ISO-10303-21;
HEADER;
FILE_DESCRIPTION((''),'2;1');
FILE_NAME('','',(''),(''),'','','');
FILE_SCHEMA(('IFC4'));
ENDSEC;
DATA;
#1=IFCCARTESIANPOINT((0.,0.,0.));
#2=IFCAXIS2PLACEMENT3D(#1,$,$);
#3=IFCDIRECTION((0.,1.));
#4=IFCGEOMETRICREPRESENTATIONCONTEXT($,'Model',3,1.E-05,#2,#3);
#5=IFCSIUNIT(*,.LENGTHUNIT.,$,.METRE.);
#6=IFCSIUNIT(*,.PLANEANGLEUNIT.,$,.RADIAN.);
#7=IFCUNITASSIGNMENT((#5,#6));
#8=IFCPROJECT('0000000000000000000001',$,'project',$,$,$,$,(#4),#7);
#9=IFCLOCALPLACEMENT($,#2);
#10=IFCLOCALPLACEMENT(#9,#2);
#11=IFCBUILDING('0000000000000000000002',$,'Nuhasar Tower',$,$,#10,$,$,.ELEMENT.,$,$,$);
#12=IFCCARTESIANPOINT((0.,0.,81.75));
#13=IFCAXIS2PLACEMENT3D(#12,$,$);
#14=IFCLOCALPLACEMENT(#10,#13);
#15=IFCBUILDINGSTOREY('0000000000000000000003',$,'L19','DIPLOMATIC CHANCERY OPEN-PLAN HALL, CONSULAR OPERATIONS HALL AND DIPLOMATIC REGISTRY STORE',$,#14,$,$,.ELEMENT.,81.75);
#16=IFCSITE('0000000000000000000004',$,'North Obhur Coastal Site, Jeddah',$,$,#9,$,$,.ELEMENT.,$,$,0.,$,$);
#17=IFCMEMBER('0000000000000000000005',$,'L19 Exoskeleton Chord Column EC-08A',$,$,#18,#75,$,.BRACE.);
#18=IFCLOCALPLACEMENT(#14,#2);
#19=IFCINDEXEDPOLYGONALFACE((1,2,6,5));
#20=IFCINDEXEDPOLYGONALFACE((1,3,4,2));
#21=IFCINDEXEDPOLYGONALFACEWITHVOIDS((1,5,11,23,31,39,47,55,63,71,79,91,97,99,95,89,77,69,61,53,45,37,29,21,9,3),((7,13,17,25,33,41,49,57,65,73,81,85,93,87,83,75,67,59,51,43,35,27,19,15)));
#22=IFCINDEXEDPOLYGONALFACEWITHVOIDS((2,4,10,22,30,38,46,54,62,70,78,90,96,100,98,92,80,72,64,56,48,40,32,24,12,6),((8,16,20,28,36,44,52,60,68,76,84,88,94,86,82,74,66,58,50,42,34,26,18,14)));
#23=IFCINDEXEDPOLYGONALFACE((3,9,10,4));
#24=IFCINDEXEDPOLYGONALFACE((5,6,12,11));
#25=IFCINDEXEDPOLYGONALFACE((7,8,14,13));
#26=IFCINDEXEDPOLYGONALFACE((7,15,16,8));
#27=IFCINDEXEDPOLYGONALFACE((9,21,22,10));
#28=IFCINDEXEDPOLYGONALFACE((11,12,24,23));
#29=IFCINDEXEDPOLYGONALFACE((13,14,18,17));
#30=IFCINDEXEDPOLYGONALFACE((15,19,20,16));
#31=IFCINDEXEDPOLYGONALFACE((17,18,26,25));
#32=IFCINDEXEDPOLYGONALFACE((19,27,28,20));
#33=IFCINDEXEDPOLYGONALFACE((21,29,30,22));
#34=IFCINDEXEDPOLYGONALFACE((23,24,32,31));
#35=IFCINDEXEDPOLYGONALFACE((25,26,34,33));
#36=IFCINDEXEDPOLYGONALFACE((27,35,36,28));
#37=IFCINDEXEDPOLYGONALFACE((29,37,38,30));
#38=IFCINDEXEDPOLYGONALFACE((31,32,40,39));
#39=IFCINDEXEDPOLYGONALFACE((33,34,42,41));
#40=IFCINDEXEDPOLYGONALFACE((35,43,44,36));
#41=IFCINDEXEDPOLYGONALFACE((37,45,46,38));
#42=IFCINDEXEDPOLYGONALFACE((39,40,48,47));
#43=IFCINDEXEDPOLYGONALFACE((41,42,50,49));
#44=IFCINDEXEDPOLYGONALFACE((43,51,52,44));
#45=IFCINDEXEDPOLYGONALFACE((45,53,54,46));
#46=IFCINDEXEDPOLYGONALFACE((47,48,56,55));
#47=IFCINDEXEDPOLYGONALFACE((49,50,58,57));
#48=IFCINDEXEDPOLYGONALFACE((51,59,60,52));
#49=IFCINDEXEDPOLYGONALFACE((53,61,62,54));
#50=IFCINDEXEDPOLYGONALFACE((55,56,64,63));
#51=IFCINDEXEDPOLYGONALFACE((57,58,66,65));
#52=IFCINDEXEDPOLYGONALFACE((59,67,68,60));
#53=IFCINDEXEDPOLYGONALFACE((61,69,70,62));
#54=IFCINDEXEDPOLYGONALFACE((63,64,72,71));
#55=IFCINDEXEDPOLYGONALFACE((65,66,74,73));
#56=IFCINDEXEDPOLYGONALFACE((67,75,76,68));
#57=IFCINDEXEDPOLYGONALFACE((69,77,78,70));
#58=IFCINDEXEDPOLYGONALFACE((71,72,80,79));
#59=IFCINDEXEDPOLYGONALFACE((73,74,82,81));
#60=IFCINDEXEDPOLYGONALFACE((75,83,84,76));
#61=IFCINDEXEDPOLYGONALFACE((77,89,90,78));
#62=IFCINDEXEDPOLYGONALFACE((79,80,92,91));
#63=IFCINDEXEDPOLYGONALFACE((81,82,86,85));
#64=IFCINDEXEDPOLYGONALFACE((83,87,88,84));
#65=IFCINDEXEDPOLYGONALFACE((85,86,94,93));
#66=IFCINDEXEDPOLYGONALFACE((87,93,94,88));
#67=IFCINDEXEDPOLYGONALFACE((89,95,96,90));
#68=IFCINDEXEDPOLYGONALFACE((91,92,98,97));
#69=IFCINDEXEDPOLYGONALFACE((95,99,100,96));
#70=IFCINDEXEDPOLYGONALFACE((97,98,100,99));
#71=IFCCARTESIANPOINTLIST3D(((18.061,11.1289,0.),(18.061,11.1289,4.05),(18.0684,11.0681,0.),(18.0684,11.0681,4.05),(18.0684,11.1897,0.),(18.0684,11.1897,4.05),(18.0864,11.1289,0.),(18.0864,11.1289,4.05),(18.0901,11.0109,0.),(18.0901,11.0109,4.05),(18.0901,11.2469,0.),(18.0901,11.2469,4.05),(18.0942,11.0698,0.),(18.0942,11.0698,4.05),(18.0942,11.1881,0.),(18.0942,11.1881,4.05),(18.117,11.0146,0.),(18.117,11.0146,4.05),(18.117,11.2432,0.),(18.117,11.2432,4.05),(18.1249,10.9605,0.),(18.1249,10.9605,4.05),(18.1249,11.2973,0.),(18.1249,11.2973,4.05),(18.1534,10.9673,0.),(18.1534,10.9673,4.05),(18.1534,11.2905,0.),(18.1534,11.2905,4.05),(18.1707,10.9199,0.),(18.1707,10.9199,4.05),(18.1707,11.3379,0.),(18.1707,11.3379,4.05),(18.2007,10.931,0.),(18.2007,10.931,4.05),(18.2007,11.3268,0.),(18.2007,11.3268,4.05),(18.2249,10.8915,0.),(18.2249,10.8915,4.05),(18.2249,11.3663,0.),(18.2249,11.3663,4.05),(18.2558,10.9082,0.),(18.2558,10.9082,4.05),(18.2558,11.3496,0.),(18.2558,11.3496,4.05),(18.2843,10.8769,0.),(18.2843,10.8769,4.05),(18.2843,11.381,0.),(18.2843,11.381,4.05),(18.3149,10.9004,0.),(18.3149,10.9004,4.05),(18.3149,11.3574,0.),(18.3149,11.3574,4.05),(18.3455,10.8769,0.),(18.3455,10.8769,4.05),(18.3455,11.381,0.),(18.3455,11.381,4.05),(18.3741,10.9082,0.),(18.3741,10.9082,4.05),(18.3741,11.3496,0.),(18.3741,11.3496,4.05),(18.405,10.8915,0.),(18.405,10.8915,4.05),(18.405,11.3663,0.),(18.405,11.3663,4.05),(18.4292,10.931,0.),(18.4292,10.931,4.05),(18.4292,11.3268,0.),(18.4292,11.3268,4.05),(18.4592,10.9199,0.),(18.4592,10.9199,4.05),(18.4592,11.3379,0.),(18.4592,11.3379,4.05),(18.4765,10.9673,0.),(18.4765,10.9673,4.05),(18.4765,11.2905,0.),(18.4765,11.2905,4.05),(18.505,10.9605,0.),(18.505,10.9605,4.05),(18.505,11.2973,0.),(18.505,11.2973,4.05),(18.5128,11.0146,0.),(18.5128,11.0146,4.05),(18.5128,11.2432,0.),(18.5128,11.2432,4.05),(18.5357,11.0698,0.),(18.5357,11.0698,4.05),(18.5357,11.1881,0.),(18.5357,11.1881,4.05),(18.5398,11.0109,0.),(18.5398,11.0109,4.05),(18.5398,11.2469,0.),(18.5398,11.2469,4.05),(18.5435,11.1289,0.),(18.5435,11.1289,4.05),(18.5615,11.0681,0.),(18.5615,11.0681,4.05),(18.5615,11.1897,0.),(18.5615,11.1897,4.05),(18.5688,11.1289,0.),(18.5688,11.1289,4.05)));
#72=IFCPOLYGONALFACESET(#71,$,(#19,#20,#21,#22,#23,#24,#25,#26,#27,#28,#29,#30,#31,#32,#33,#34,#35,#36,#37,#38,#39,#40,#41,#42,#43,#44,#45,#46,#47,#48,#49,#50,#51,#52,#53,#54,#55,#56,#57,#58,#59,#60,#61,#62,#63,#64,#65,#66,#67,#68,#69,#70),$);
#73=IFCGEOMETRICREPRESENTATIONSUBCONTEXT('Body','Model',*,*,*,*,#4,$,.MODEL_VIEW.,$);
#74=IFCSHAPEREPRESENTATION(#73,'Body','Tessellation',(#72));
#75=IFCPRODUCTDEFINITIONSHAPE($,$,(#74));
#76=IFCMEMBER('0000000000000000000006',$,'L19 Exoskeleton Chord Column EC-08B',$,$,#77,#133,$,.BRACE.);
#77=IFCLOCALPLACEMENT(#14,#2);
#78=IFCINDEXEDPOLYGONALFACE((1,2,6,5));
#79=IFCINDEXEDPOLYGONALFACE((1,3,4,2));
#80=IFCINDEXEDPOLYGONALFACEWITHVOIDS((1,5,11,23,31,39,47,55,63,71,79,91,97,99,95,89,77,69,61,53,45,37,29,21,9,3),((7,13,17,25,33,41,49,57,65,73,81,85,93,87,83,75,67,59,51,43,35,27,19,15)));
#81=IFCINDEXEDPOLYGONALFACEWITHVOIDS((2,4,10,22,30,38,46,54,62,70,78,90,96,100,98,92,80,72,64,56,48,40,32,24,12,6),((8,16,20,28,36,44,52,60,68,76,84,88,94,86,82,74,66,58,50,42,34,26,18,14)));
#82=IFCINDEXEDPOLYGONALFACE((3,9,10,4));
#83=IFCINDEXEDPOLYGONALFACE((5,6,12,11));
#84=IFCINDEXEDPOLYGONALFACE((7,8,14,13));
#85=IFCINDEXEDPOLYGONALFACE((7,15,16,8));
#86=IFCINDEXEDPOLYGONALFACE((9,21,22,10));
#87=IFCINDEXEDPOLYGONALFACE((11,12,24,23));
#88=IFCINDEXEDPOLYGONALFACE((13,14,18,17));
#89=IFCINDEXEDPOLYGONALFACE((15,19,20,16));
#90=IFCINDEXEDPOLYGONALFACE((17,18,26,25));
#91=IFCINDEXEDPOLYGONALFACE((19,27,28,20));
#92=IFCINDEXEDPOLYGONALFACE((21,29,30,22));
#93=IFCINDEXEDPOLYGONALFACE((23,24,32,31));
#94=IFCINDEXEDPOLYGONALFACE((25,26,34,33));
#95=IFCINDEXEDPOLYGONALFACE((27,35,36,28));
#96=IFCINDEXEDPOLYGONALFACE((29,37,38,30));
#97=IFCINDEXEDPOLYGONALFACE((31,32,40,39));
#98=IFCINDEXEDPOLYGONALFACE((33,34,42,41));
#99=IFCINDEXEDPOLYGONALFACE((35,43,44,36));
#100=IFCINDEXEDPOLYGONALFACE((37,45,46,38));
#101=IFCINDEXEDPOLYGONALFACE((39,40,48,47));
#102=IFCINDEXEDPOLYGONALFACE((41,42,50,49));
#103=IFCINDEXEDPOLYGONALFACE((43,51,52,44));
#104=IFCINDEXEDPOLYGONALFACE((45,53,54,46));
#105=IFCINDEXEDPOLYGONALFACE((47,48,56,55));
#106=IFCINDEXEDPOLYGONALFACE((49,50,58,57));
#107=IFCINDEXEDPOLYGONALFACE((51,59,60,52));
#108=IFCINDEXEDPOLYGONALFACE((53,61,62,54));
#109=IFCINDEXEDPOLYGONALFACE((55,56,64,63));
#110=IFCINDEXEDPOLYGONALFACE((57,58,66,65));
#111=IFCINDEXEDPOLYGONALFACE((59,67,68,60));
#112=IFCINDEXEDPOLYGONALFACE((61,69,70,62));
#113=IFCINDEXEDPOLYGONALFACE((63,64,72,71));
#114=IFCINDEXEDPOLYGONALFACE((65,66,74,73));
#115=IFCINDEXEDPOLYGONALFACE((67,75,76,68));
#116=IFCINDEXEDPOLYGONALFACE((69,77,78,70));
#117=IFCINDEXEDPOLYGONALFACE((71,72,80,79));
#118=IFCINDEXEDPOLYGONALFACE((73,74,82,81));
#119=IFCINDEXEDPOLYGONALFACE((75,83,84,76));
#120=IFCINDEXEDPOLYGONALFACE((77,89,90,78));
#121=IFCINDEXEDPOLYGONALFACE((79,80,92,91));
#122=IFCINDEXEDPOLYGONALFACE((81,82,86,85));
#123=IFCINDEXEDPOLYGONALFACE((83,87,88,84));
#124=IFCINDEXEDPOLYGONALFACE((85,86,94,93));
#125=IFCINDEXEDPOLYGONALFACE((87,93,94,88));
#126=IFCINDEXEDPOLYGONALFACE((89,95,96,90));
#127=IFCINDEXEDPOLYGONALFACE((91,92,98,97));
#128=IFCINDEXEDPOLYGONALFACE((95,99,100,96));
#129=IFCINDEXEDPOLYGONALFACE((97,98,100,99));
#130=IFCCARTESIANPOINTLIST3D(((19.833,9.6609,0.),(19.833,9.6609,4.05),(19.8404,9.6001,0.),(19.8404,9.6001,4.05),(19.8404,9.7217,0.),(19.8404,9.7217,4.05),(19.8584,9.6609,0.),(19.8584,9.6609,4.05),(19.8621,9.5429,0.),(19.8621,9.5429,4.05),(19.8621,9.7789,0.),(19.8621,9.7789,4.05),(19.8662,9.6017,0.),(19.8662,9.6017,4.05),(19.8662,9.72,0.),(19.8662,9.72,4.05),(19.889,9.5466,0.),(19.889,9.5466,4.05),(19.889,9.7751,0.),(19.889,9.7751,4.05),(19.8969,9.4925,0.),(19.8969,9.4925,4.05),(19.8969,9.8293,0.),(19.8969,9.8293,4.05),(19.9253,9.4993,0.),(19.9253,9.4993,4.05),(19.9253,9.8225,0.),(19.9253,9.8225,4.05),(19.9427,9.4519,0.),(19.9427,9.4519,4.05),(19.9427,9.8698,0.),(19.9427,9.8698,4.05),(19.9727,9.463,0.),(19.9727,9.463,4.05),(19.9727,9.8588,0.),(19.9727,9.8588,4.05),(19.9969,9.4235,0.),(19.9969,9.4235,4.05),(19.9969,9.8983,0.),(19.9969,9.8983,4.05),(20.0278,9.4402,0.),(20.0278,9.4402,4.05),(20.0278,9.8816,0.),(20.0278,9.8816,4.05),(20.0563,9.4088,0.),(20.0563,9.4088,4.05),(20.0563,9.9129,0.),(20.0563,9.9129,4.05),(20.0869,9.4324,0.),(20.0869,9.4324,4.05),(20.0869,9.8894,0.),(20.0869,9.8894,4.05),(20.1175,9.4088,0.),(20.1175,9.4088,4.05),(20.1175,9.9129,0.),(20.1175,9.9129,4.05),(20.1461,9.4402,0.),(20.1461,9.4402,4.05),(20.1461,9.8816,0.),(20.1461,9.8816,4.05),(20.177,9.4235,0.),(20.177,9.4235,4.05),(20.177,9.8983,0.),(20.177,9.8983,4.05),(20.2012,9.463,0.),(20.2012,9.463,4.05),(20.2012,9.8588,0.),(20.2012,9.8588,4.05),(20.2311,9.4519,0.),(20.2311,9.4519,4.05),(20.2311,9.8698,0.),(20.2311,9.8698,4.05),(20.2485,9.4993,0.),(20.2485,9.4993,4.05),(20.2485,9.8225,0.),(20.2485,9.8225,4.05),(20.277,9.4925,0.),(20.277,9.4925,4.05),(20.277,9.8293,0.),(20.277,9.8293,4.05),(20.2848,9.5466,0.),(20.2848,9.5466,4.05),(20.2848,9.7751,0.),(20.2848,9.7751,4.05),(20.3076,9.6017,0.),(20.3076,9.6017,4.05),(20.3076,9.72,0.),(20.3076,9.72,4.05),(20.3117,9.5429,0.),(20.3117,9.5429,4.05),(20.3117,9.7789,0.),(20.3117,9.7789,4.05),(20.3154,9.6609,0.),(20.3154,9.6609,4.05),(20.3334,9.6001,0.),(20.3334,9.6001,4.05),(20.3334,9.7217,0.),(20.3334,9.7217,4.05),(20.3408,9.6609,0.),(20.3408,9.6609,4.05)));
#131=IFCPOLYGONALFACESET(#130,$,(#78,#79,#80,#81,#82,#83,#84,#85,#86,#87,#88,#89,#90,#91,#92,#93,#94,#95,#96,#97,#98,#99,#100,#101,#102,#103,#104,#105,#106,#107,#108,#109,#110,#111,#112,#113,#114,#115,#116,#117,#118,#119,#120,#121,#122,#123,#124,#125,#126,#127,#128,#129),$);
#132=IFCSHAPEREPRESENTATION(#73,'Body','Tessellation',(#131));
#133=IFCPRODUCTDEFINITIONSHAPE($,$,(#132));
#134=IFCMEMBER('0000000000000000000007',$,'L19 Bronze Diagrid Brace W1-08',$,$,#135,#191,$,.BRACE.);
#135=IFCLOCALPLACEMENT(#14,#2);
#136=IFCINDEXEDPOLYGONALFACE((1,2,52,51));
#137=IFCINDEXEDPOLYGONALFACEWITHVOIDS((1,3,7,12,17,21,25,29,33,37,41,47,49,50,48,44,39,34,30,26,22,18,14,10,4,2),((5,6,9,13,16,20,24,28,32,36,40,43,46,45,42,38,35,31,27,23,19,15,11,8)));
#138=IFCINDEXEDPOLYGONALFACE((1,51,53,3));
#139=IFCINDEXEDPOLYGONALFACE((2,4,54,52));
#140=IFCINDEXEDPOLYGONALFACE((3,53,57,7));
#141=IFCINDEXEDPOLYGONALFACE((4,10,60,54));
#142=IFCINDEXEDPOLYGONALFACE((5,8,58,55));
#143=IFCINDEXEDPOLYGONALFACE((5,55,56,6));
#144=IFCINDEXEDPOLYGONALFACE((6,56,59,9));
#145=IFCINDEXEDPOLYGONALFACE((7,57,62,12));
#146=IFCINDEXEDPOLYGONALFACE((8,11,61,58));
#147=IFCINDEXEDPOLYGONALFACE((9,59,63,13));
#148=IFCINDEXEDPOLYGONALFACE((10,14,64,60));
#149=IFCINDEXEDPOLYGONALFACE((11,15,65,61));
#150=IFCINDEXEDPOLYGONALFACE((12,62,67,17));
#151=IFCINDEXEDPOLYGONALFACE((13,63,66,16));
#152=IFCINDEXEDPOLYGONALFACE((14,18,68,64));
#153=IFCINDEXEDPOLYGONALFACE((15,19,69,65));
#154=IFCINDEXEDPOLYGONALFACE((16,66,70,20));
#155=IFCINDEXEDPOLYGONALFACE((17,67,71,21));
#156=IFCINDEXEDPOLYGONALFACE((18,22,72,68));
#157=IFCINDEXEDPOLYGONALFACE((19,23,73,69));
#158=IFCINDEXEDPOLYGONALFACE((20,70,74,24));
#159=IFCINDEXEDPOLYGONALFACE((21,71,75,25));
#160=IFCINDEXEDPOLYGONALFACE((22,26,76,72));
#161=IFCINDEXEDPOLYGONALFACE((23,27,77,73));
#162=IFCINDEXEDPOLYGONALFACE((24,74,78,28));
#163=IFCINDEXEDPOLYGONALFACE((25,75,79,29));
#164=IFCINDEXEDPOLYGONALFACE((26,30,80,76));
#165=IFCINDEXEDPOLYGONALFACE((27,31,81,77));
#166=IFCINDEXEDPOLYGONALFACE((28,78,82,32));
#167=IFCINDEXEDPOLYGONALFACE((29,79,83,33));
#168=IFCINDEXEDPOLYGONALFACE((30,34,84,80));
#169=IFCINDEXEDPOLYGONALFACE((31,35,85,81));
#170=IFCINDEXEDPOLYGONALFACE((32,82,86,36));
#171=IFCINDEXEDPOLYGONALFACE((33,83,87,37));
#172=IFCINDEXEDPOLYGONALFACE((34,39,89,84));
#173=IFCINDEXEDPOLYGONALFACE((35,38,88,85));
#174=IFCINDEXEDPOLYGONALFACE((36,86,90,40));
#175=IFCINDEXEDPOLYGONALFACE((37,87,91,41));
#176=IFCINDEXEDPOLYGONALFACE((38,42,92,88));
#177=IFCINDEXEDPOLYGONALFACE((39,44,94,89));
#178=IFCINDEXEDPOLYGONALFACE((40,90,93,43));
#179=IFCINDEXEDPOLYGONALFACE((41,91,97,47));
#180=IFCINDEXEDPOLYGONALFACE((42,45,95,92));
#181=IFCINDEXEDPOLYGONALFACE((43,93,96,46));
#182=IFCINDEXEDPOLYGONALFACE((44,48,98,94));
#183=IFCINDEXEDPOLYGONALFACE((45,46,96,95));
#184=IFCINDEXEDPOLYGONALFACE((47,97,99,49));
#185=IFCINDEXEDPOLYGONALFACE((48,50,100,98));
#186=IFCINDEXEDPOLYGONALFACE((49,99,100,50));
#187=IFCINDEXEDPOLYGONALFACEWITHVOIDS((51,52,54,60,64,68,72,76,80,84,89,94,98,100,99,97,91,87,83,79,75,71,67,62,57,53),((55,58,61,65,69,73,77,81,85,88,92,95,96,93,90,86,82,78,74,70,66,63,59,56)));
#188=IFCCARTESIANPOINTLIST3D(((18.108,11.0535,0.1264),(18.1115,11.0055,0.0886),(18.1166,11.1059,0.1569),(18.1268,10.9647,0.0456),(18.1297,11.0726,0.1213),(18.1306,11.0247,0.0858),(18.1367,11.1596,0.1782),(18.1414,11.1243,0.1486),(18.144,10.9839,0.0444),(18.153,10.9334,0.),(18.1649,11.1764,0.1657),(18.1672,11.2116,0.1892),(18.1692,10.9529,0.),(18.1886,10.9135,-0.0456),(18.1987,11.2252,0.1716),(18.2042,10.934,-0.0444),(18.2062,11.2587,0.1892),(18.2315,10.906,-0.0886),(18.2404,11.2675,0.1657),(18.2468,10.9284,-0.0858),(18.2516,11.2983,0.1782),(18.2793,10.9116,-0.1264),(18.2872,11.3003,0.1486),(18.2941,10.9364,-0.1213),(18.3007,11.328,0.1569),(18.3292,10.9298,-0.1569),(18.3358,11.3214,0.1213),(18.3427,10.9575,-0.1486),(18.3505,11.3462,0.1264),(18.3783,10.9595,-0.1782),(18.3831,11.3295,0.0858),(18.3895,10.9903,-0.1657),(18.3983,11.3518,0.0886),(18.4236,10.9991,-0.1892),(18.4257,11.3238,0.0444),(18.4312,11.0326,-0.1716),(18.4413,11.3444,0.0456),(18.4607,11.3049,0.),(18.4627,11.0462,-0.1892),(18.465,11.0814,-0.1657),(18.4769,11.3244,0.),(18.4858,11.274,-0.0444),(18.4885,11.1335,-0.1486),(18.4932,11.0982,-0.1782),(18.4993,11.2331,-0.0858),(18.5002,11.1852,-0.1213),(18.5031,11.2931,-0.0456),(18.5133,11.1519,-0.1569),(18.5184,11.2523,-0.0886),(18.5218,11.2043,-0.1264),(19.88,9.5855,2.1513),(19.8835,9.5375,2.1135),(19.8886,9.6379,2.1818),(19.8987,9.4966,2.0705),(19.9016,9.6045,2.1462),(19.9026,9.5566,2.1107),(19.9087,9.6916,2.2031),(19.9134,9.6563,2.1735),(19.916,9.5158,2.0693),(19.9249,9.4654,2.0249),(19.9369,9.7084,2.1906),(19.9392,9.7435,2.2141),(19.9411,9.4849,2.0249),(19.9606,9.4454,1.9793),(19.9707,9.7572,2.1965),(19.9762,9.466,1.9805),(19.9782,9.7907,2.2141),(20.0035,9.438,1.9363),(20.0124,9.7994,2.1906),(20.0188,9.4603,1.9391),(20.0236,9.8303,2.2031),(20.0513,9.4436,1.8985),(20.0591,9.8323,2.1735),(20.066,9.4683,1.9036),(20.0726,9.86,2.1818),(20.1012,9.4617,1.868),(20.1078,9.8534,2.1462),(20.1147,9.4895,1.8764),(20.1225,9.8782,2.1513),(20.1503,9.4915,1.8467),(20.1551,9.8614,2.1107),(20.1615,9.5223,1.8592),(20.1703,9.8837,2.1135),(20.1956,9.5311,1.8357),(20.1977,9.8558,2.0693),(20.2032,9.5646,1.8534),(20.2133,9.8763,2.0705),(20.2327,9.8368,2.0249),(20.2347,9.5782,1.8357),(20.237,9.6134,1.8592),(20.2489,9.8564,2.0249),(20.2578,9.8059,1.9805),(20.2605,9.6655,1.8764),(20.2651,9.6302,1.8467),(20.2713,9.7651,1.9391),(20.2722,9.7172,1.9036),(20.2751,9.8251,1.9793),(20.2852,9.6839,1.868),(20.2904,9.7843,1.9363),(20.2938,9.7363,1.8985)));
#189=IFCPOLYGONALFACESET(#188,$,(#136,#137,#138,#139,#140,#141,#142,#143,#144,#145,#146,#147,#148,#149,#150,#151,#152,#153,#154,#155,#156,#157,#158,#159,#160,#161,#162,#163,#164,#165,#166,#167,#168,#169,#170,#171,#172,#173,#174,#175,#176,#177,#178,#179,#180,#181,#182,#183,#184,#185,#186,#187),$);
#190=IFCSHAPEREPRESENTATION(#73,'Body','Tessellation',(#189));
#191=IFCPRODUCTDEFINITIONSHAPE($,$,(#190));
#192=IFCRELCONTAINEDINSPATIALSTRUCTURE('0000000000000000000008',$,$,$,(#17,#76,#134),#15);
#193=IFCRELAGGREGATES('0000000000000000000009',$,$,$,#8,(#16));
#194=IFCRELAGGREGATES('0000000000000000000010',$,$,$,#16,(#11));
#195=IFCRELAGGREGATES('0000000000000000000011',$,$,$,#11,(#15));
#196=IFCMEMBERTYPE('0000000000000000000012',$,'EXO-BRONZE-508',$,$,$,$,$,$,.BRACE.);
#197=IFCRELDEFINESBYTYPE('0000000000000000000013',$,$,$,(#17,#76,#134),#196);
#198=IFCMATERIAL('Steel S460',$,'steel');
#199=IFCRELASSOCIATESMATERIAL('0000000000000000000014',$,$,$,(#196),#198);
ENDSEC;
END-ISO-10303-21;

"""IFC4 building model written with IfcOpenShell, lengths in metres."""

from ifc_helpers import new_model, si_unit, direction, frame, origin, origin_2d, place, context, subcontext, project, spatial, hollow_circle, extrude, material, material_profile, profile_set, type_object, element, save


model = new_model("IFC4")

# Units and contexts
model_context = context("Model", 3, precision=1e-05, world=origin(), true_north=direction((0.0, 1.0)))
body_context = subcontext(model_context, "Body", "Model", "MODEL_VIEW")
ifc_project = project(units=[si_unit("LENGTHUNIT", "METRE"), si_unit("PLANEANGLEUNIT", "RADIAN")], contexts=[model_context])

# Site, building, storey
site_placement = place(None, origin())
site = spatial("IfcSite", under=ifc_project, at=site_placement, Name="North Obhur Coastal Site, Jeddah", CompositionType="ELEMENT", RefElevation=0.0)
building_placement = place(site_placement, origin())
building = spatial("IfcBuilding", under=site, at=building_placement, Name="Nuhasar Tower", CompositionType="ELEMENT")
storey_placement = place(building_placement, frame((0.0, 0.0, 81.75)))
storey = spatial("IfcBuildingStorey", under=building, at=storey_placement, Name="L19", Description="DIPLOMATIC CHANCERY OPEN-PLAN HALL, CONSULAR OPERATIONS HALL AND DIPLOMATIC REGISTRY STORE", CompositionType="ELEMENT", Elevation=81.75)

# Members
ifc_material_1 = material(Name="Steel S460", Category="steel")
ifc_material_profile_1 = material_profile(ifc_material_1, hollow_circle(Radius=0.2539, WallThickness=0.0254, at=origin_2d()), Name="HSS508X25.4")
ifc_profile_set_1 = profile_set([ifc_material_profile_1], Name="Steel S460")
member_type_1 = type_object("IfcMemberType", Name="EXO-BRONZE-508", PredefinedType="BRACE", material=ifc_profile_set_1)
for number, where, z_axis, x_axis, name in (
    (1, (18.3149, 11.1289, 0.0), (0.0, 0.0, 1.0), (1.0, 0.0, 0.0), "L19 Exoskeleton Chord Column EC-08A"),
    (2, (20.0869, 9.6609, 0.0), (0.0, 0.0, 1.0), (1.0, 0.0, 0.0), "L19 Exoskeleton Chord Column EC-08B"),
):
    element("IfcMember", number, at=place(storey_placement, frame(where, z_axis=z_axis, x_axis=x_axis)), inside=storey, type_object=member_type_1, Name=name, PredefinedType="BRACE", context=body_context, shape_type="SweptSolid", body=[
        extrude(hollow_circle(Radius=0.2539, WallThickness=0.0254, at=origin_2d()), origin(), (0.0, 0.0, 1.0), 4.05),
    ])
member_1_placement = place(storey_placement, frame((18.3149, 11.1289, 0.0), z_axis=(0.578102, -0.478937, 0.660619), x_axis=(0.637969, 0.770062, 0.0)))
element("IfcMember", 3, at=member_1_placement, inside=storey, type_object=member_type_1, Name="L19 Bronze Diagrid Brace W1-08", PredefinedType="BRACE", context=body_context, shape_type="SweptSolid", body=[
    extrude(hollow_circle(Radius=0.2539, WallThickness=0.0254, at=origin_2d()), origin(), (0.0, 0.0, 1.0), 3.0652),
])

save(model, "model.ifc")
